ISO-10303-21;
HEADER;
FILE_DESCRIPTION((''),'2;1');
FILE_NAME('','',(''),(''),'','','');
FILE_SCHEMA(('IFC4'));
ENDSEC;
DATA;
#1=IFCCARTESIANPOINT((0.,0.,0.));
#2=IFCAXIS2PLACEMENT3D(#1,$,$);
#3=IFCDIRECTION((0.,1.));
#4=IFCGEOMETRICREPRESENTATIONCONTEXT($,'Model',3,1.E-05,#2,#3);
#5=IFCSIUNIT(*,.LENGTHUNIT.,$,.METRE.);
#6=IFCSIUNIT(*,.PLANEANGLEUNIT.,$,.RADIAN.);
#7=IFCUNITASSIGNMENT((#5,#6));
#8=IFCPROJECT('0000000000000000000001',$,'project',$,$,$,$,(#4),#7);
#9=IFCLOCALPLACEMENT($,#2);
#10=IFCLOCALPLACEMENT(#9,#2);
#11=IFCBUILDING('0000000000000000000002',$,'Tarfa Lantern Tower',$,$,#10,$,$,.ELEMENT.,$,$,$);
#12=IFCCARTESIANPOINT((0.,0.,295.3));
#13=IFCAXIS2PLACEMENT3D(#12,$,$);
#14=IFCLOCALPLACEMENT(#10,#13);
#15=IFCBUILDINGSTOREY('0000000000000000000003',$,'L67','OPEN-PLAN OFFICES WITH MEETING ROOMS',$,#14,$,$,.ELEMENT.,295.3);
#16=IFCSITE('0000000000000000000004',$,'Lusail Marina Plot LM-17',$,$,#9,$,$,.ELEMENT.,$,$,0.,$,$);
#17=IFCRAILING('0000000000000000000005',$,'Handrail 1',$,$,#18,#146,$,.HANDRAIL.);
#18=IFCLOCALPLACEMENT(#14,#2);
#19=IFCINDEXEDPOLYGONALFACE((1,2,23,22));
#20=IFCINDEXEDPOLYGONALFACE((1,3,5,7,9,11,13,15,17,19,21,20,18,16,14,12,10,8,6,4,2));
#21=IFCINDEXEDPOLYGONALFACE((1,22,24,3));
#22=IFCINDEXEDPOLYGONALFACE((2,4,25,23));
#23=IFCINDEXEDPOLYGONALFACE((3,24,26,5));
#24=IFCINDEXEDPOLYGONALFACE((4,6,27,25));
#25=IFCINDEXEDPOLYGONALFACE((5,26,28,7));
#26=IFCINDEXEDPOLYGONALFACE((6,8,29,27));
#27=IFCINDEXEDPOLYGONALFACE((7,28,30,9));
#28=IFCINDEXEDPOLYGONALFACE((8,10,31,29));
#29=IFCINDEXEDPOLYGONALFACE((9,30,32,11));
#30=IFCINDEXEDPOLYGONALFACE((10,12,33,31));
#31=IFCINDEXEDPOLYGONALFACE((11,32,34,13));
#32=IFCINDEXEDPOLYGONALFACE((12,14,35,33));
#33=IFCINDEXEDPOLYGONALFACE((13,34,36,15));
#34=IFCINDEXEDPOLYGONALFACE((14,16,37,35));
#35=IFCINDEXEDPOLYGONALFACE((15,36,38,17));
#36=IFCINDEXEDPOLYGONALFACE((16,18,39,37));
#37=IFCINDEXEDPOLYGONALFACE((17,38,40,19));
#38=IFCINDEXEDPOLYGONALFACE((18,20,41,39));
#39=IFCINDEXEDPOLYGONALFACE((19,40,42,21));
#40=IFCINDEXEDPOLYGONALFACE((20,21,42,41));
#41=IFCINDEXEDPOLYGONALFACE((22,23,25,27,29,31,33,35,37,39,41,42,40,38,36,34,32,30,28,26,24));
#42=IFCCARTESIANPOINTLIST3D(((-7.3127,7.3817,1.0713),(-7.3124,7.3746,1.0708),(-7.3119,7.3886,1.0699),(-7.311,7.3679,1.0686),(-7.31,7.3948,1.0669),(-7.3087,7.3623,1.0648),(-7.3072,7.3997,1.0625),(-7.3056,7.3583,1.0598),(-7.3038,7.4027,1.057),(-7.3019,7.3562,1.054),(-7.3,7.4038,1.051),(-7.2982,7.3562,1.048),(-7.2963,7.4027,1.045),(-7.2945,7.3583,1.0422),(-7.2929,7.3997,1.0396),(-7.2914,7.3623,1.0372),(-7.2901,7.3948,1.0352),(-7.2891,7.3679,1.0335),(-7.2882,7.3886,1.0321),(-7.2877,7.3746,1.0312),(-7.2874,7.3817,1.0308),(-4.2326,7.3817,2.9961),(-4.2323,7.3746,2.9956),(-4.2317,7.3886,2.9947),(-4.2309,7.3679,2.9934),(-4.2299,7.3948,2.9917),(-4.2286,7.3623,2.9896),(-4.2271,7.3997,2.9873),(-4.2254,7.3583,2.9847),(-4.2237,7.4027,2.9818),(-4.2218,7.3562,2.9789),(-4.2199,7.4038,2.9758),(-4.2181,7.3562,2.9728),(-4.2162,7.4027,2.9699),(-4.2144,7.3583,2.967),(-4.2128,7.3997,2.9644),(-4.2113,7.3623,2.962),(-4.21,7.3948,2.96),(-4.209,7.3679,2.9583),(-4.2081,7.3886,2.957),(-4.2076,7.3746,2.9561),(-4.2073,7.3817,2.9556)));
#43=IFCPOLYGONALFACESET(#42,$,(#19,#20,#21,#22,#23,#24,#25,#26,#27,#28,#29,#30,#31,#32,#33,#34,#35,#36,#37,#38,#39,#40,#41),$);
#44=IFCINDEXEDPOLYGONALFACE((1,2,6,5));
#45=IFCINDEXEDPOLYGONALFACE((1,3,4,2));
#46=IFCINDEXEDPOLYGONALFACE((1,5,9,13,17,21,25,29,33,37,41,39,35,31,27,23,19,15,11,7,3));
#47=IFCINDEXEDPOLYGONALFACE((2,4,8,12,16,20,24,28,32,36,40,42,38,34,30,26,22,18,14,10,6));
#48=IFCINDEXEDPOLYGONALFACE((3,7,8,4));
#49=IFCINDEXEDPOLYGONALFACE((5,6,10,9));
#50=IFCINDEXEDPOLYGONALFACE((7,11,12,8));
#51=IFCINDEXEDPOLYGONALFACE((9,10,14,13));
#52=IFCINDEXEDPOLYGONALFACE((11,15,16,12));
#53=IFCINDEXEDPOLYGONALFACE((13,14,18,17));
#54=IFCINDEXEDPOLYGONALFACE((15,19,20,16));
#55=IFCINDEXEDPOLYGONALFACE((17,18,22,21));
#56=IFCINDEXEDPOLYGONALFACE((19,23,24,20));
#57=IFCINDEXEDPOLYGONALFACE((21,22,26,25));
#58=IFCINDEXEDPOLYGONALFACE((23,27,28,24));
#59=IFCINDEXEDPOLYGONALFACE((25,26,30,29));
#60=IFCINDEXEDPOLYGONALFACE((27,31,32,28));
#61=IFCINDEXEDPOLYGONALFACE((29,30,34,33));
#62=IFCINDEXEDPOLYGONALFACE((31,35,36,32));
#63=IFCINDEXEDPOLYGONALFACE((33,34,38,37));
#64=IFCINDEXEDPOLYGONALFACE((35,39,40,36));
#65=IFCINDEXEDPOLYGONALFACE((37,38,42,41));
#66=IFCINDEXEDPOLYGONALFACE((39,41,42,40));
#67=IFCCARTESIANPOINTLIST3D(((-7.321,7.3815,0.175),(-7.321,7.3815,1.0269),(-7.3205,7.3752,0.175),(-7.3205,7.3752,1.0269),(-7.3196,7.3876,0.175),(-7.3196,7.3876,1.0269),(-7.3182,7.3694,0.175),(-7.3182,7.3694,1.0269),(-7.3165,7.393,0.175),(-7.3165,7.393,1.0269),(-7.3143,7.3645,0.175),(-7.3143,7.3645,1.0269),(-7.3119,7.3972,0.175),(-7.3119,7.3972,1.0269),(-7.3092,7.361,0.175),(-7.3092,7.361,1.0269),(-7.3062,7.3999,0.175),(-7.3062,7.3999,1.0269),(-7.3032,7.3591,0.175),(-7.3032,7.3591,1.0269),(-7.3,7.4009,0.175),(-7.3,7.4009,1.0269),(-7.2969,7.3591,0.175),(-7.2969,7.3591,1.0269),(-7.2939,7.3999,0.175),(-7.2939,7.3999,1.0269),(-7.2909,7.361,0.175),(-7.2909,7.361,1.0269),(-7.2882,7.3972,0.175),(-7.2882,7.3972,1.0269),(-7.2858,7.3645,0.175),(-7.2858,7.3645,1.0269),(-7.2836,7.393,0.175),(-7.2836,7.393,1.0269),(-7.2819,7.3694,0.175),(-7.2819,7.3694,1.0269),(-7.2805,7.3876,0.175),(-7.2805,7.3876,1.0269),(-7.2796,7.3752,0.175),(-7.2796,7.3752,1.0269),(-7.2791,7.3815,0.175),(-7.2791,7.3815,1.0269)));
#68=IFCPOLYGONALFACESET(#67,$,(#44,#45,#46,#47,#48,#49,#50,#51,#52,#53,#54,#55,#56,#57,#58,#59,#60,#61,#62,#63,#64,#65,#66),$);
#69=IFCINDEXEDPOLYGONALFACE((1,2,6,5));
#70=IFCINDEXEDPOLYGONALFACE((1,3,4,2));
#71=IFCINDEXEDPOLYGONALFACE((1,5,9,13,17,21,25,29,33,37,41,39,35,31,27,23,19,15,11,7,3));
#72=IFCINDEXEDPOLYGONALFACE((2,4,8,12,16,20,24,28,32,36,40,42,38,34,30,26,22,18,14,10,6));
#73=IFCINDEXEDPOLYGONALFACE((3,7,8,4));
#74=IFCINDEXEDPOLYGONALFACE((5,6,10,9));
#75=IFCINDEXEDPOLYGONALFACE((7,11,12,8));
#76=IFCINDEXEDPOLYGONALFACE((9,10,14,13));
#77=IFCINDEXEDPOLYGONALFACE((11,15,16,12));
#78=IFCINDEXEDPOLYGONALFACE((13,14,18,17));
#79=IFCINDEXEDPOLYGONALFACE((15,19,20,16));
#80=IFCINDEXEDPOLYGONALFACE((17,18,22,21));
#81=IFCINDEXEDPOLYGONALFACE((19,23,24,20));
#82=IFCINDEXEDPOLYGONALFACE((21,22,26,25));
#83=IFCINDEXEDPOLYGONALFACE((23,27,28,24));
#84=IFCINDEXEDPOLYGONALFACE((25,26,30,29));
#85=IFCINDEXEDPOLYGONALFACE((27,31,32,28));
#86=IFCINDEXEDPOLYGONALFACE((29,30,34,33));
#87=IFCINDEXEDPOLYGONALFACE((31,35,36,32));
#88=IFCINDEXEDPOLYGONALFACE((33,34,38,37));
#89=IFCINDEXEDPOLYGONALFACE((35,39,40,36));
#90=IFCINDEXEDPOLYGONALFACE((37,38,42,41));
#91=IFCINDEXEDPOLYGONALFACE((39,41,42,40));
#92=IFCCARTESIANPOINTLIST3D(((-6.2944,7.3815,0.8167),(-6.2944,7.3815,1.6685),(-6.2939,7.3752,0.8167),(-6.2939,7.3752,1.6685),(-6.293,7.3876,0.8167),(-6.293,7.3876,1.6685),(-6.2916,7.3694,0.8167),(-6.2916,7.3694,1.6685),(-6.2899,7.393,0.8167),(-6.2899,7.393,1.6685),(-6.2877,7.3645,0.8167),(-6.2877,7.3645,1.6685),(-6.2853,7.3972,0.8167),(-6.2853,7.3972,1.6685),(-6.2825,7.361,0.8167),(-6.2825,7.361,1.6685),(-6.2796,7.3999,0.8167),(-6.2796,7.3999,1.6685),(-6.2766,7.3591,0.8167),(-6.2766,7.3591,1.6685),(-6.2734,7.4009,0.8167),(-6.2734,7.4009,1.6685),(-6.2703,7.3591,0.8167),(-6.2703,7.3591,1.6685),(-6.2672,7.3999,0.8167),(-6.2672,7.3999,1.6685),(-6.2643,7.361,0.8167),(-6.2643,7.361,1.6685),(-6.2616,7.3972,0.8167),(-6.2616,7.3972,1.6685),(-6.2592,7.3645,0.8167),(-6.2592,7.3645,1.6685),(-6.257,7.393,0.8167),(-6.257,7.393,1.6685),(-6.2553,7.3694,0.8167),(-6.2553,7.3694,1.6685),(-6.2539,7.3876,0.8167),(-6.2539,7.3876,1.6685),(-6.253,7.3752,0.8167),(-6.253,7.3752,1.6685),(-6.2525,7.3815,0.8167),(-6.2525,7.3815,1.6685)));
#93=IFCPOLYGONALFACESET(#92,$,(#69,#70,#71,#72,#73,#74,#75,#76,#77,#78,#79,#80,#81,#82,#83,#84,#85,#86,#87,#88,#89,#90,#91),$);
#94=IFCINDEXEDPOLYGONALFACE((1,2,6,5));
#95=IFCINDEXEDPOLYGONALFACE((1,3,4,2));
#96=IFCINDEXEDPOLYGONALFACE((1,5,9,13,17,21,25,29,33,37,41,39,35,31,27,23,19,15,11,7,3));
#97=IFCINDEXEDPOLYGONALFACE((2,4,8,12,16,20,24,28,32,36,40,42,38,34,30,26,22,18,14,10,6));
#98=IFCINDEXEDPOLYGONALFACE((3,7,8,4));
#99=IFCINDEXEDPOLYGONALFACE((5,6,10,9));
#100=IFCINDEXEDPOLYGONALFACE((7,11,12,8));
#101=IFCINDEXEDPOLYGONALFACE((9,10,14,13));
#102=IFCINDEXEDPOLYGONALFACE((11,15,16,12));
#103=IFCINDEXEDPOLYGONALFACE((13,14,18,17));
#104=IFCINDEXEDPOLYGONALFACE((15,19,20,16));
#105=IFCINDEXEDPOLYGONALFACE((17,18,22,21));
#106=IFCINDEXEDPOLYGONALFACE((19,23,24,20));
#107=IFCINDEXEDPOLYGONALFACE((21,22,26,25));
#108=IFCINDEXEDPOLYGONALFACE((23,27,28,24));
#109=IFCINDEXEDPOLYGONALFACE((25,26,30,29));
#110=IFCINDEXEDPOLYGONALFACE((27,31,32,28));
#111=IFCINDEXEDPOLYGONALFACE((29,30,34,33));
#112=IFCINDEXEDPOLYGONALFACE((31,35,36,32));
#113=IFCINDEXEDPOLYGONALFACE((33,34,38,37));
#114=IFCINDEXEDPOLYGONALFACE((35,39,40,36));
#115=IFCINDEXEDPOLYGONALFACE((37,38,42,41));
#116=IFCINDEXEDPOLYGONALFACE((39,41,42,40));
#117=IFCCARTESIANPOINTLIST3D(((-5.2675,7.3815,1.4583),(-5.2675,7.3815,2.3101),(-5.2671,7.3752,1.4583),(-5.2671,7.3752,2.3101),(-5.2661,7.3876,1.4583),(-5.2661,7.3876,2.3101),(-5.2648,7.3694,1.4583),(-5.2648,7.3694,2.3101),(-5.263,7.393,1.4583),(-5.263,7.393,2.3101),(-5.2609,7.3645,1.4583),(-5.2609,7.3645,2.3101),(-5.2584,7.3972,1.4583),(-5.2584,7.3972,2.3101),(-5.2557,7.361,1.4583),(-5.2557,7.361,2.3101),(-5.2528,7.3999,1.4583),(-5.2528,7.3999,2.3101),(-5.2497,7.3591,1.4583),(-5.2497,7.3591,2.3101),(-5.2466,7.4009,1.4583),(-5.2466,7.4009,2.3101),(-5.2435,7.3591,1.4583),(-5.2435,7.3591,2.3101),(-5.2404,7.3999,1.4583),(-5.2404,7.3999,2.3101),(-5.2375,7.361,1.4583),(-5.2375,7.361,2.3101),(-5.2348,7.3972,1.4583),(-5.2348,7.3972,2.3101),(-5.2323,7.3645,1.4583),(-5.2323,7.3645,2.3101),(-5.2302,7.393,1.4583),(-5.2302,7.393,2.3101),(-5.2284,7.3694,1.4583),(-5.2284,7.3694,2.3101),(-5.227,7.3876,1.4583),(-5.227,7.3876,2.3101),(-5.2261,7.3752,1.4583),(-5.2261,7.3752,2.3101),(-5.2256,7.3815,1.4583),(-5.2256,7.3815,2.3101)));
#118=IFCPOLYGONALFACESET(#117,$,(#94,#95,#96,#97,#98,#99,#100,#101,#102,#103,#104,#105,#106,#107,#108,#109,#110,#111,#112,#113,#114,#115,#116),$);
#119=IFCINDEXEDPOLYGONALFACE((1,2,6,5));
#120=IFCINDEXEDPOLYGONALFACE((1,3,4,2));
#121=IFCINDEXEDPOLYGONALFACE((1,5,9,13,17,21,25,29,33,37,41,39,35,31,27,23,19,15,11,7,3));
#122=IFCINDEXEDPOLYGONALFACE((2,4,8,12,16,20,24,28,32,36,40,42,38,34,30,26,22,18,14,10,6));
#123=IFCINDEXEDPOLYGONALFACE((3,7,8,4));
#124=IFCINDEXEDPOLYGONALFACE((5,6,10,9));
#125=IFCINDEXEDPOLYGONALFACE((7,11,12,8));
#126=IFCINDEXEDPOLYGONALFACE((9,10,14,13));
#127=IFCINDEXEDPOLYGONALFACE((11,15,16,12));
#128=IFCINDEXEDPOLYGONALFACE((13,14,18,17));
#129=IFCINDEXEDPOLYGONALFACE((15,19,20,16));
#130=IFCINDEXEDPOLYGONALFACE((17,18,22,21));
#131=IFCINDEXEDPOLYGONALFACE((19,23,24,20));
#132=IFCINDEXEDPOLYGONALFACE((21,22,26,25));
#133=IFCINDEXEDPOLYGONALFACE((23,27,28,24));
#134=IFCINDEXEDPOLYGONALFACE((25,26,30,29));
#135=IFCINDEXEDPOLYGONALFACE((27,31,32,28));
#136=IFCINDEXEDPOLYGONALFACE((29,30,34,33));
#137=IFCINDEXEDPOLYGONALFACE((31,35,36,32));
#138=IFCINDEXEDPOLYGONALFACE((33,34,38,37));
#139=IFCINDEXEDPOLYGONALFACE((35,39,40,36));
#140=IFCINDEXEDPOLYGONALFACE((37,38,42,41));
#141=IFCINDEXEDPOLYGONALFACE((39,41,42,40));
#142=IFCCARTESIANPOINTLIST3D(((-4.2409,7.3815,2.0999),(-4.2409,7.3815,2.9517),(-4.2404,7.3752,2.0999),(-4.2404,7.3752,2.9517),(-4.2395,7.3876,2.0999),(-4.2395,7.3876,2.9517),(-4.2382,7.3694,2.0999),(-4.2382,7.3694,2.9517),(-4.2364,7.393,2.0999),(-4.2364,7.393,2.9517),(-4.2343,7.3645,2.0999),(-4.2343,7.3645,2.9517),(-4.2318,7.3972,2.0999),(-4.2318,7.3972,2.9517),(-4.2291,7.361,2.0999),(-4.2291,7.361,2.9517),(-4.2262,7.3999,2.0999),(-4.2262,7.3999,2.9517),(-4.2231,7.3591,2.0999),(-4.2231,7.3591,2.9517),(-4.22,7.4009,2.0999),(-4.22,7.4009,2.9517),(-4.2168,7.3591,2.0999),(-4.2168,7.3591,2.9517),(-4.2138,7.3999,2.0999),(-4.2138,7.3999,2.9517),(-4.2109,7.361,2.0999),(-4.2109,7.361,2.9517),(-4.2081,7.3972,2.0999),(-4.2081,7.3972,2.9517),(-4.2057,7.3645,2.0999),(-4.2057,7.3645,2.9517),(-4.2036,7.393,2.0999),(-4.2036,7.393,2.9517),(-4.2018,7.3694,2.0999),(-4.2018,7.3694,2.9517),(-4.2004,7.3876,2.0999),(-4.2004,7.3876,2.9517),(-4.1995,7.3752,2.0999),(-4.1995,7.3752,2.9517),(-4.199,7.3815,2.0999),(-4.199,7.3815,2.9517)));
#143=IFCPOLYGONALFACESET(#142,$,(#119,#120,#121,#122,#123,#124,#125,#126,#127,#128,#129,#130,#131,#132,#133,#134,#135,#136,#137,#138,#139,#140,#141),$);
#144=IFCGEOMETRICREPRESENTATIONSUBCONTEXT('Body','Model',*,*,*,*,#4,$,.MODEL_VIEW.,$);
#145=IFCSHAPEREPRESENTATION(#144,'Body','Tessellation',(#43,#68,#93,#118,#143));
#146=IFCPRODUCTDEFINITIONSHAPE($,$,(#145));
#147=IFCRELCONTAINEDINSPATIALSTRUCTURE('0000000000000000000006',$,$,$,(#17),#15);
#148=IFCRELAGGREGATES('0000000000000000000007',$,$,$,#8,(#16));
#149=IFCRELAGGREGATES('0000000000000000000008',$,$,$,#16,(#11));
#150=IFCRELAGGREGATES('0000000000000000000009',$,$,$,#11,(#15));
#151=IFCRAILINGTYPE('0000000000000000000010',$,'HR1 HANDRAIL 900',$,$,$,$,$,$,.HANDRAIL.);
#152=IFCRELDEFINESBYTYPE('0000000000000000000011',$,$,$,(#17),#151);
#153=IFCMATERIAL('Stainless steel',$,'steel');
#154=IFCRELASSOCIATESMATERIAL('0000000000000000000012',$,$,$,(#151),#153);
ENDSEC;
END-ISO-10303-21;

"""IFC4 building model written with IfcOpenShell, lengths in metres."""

from ifc_helpers import new_model, si_unit, direction, frame, origin, origin_2d, place, context, subcontext, project, spatial, circle, extrude, material, type_object, element, save


model = new_model("IFC4")

# Units and contexts
model_context = context("Model", 3, precision=1e-05, world=origin(), true_north=direction((0.0, 1.0)))
body_context = subcontext(model_context, "Body", "Model", "MODEL_VIEW")
ifc_project = project(units=[si_unit("LENGTHUNIT", "METRE"), si_unit("PLANEANGLEUNIT", "RADIAN")], contexts=[model_context])

# Site, building, storey
site_placement = place(None, origin())
site = spatial("IfcSite", under=ifc_project, at=site_placement, Name="Lusail Marina Plot LM-17", CompositionType="ELEMENT", RefElevation=0.0)
building_placement = place(site_placement, origin())
building = spatial("IfcBuilding", under=site, at=building_placement, Name="Tarfa Lantern Tower", CompositionType="ELEMENT")
storey_placement = place(building_placement, frame((0.0, 0.0, 295.3)))
storey = spatial("IfcBuildingStorey", under=building, at=storey_placement, Name="L67", Description="OPEN-PLAN OFFICES WITH MEETING ROOMS", CompositionType="ELEMENT", Elevation=295.3)

# Railing
ifc_material_1 = material(Name="Stainless steel", Category="steel")
railing_type = type_object("IfcRailingType", Name="HR1 HANDRAIL 900", PredefinedType="HANDRAIL", material=ifc_material_1)
railing_1_placement = place(storey_placement, frame((-7.3, 7.3799, 0.175)))
element("IfcRailing", 1, at=railing_1_placement, inside=storey, type_object=railing_type, Name="Handrail 1", PredefinedType="HANDRAIL", context=body_context, shape_type="SweptSolid", body=[
    extrude(circle(Radius=0.0239, at=origin_2d()), frame((0.0, 0.0, 0.876), z_axis=(0.848029, 0.0, 0.529951), x_axis=(0.0, 1.0, 0.0)), (0.0, 0.0, 1.0), 3.6321),
    extrude(circle(Radius=0.021, at=origin_2d()), frame((0.0, 0.0, 0.0), z_axis=(0.0, 0.0, 1.0), x_axis=(0.0, 1.0, 0.0)), (0.0, 0.0, 1.0), 0.8518),
    extrude(circle(Radius=0.021, at=origin_2d()), frame((1.0266, 0.0, 0.6416), z_axis=(0.0, 0.0, 1.0), x_axis=(0.0, 1.0, 0.0)), (0.0, 0.0, 1.0), 0.8518),
    extrude(circle(Radius=0.021, at=origin_2d()), frame((2.0535, 0.0, 1.2832), z_axis=(0.0, 0.0, 1.0), x_axis=(0.0, 1.0, 0.0)), (0.0, 0.0, 1.0), 0.8518),
    extrude(circle(Radius=0.021, at=origin_2d()), frame((3.0801, 0.0, 1.9248), z_axis=(0.0, 0.0, 1.0), x_axis=(0.0, 1.0, 0.0)), (0.0, 0.0, 1.0), 0.8518),
])

save(model, "model.ifc")
